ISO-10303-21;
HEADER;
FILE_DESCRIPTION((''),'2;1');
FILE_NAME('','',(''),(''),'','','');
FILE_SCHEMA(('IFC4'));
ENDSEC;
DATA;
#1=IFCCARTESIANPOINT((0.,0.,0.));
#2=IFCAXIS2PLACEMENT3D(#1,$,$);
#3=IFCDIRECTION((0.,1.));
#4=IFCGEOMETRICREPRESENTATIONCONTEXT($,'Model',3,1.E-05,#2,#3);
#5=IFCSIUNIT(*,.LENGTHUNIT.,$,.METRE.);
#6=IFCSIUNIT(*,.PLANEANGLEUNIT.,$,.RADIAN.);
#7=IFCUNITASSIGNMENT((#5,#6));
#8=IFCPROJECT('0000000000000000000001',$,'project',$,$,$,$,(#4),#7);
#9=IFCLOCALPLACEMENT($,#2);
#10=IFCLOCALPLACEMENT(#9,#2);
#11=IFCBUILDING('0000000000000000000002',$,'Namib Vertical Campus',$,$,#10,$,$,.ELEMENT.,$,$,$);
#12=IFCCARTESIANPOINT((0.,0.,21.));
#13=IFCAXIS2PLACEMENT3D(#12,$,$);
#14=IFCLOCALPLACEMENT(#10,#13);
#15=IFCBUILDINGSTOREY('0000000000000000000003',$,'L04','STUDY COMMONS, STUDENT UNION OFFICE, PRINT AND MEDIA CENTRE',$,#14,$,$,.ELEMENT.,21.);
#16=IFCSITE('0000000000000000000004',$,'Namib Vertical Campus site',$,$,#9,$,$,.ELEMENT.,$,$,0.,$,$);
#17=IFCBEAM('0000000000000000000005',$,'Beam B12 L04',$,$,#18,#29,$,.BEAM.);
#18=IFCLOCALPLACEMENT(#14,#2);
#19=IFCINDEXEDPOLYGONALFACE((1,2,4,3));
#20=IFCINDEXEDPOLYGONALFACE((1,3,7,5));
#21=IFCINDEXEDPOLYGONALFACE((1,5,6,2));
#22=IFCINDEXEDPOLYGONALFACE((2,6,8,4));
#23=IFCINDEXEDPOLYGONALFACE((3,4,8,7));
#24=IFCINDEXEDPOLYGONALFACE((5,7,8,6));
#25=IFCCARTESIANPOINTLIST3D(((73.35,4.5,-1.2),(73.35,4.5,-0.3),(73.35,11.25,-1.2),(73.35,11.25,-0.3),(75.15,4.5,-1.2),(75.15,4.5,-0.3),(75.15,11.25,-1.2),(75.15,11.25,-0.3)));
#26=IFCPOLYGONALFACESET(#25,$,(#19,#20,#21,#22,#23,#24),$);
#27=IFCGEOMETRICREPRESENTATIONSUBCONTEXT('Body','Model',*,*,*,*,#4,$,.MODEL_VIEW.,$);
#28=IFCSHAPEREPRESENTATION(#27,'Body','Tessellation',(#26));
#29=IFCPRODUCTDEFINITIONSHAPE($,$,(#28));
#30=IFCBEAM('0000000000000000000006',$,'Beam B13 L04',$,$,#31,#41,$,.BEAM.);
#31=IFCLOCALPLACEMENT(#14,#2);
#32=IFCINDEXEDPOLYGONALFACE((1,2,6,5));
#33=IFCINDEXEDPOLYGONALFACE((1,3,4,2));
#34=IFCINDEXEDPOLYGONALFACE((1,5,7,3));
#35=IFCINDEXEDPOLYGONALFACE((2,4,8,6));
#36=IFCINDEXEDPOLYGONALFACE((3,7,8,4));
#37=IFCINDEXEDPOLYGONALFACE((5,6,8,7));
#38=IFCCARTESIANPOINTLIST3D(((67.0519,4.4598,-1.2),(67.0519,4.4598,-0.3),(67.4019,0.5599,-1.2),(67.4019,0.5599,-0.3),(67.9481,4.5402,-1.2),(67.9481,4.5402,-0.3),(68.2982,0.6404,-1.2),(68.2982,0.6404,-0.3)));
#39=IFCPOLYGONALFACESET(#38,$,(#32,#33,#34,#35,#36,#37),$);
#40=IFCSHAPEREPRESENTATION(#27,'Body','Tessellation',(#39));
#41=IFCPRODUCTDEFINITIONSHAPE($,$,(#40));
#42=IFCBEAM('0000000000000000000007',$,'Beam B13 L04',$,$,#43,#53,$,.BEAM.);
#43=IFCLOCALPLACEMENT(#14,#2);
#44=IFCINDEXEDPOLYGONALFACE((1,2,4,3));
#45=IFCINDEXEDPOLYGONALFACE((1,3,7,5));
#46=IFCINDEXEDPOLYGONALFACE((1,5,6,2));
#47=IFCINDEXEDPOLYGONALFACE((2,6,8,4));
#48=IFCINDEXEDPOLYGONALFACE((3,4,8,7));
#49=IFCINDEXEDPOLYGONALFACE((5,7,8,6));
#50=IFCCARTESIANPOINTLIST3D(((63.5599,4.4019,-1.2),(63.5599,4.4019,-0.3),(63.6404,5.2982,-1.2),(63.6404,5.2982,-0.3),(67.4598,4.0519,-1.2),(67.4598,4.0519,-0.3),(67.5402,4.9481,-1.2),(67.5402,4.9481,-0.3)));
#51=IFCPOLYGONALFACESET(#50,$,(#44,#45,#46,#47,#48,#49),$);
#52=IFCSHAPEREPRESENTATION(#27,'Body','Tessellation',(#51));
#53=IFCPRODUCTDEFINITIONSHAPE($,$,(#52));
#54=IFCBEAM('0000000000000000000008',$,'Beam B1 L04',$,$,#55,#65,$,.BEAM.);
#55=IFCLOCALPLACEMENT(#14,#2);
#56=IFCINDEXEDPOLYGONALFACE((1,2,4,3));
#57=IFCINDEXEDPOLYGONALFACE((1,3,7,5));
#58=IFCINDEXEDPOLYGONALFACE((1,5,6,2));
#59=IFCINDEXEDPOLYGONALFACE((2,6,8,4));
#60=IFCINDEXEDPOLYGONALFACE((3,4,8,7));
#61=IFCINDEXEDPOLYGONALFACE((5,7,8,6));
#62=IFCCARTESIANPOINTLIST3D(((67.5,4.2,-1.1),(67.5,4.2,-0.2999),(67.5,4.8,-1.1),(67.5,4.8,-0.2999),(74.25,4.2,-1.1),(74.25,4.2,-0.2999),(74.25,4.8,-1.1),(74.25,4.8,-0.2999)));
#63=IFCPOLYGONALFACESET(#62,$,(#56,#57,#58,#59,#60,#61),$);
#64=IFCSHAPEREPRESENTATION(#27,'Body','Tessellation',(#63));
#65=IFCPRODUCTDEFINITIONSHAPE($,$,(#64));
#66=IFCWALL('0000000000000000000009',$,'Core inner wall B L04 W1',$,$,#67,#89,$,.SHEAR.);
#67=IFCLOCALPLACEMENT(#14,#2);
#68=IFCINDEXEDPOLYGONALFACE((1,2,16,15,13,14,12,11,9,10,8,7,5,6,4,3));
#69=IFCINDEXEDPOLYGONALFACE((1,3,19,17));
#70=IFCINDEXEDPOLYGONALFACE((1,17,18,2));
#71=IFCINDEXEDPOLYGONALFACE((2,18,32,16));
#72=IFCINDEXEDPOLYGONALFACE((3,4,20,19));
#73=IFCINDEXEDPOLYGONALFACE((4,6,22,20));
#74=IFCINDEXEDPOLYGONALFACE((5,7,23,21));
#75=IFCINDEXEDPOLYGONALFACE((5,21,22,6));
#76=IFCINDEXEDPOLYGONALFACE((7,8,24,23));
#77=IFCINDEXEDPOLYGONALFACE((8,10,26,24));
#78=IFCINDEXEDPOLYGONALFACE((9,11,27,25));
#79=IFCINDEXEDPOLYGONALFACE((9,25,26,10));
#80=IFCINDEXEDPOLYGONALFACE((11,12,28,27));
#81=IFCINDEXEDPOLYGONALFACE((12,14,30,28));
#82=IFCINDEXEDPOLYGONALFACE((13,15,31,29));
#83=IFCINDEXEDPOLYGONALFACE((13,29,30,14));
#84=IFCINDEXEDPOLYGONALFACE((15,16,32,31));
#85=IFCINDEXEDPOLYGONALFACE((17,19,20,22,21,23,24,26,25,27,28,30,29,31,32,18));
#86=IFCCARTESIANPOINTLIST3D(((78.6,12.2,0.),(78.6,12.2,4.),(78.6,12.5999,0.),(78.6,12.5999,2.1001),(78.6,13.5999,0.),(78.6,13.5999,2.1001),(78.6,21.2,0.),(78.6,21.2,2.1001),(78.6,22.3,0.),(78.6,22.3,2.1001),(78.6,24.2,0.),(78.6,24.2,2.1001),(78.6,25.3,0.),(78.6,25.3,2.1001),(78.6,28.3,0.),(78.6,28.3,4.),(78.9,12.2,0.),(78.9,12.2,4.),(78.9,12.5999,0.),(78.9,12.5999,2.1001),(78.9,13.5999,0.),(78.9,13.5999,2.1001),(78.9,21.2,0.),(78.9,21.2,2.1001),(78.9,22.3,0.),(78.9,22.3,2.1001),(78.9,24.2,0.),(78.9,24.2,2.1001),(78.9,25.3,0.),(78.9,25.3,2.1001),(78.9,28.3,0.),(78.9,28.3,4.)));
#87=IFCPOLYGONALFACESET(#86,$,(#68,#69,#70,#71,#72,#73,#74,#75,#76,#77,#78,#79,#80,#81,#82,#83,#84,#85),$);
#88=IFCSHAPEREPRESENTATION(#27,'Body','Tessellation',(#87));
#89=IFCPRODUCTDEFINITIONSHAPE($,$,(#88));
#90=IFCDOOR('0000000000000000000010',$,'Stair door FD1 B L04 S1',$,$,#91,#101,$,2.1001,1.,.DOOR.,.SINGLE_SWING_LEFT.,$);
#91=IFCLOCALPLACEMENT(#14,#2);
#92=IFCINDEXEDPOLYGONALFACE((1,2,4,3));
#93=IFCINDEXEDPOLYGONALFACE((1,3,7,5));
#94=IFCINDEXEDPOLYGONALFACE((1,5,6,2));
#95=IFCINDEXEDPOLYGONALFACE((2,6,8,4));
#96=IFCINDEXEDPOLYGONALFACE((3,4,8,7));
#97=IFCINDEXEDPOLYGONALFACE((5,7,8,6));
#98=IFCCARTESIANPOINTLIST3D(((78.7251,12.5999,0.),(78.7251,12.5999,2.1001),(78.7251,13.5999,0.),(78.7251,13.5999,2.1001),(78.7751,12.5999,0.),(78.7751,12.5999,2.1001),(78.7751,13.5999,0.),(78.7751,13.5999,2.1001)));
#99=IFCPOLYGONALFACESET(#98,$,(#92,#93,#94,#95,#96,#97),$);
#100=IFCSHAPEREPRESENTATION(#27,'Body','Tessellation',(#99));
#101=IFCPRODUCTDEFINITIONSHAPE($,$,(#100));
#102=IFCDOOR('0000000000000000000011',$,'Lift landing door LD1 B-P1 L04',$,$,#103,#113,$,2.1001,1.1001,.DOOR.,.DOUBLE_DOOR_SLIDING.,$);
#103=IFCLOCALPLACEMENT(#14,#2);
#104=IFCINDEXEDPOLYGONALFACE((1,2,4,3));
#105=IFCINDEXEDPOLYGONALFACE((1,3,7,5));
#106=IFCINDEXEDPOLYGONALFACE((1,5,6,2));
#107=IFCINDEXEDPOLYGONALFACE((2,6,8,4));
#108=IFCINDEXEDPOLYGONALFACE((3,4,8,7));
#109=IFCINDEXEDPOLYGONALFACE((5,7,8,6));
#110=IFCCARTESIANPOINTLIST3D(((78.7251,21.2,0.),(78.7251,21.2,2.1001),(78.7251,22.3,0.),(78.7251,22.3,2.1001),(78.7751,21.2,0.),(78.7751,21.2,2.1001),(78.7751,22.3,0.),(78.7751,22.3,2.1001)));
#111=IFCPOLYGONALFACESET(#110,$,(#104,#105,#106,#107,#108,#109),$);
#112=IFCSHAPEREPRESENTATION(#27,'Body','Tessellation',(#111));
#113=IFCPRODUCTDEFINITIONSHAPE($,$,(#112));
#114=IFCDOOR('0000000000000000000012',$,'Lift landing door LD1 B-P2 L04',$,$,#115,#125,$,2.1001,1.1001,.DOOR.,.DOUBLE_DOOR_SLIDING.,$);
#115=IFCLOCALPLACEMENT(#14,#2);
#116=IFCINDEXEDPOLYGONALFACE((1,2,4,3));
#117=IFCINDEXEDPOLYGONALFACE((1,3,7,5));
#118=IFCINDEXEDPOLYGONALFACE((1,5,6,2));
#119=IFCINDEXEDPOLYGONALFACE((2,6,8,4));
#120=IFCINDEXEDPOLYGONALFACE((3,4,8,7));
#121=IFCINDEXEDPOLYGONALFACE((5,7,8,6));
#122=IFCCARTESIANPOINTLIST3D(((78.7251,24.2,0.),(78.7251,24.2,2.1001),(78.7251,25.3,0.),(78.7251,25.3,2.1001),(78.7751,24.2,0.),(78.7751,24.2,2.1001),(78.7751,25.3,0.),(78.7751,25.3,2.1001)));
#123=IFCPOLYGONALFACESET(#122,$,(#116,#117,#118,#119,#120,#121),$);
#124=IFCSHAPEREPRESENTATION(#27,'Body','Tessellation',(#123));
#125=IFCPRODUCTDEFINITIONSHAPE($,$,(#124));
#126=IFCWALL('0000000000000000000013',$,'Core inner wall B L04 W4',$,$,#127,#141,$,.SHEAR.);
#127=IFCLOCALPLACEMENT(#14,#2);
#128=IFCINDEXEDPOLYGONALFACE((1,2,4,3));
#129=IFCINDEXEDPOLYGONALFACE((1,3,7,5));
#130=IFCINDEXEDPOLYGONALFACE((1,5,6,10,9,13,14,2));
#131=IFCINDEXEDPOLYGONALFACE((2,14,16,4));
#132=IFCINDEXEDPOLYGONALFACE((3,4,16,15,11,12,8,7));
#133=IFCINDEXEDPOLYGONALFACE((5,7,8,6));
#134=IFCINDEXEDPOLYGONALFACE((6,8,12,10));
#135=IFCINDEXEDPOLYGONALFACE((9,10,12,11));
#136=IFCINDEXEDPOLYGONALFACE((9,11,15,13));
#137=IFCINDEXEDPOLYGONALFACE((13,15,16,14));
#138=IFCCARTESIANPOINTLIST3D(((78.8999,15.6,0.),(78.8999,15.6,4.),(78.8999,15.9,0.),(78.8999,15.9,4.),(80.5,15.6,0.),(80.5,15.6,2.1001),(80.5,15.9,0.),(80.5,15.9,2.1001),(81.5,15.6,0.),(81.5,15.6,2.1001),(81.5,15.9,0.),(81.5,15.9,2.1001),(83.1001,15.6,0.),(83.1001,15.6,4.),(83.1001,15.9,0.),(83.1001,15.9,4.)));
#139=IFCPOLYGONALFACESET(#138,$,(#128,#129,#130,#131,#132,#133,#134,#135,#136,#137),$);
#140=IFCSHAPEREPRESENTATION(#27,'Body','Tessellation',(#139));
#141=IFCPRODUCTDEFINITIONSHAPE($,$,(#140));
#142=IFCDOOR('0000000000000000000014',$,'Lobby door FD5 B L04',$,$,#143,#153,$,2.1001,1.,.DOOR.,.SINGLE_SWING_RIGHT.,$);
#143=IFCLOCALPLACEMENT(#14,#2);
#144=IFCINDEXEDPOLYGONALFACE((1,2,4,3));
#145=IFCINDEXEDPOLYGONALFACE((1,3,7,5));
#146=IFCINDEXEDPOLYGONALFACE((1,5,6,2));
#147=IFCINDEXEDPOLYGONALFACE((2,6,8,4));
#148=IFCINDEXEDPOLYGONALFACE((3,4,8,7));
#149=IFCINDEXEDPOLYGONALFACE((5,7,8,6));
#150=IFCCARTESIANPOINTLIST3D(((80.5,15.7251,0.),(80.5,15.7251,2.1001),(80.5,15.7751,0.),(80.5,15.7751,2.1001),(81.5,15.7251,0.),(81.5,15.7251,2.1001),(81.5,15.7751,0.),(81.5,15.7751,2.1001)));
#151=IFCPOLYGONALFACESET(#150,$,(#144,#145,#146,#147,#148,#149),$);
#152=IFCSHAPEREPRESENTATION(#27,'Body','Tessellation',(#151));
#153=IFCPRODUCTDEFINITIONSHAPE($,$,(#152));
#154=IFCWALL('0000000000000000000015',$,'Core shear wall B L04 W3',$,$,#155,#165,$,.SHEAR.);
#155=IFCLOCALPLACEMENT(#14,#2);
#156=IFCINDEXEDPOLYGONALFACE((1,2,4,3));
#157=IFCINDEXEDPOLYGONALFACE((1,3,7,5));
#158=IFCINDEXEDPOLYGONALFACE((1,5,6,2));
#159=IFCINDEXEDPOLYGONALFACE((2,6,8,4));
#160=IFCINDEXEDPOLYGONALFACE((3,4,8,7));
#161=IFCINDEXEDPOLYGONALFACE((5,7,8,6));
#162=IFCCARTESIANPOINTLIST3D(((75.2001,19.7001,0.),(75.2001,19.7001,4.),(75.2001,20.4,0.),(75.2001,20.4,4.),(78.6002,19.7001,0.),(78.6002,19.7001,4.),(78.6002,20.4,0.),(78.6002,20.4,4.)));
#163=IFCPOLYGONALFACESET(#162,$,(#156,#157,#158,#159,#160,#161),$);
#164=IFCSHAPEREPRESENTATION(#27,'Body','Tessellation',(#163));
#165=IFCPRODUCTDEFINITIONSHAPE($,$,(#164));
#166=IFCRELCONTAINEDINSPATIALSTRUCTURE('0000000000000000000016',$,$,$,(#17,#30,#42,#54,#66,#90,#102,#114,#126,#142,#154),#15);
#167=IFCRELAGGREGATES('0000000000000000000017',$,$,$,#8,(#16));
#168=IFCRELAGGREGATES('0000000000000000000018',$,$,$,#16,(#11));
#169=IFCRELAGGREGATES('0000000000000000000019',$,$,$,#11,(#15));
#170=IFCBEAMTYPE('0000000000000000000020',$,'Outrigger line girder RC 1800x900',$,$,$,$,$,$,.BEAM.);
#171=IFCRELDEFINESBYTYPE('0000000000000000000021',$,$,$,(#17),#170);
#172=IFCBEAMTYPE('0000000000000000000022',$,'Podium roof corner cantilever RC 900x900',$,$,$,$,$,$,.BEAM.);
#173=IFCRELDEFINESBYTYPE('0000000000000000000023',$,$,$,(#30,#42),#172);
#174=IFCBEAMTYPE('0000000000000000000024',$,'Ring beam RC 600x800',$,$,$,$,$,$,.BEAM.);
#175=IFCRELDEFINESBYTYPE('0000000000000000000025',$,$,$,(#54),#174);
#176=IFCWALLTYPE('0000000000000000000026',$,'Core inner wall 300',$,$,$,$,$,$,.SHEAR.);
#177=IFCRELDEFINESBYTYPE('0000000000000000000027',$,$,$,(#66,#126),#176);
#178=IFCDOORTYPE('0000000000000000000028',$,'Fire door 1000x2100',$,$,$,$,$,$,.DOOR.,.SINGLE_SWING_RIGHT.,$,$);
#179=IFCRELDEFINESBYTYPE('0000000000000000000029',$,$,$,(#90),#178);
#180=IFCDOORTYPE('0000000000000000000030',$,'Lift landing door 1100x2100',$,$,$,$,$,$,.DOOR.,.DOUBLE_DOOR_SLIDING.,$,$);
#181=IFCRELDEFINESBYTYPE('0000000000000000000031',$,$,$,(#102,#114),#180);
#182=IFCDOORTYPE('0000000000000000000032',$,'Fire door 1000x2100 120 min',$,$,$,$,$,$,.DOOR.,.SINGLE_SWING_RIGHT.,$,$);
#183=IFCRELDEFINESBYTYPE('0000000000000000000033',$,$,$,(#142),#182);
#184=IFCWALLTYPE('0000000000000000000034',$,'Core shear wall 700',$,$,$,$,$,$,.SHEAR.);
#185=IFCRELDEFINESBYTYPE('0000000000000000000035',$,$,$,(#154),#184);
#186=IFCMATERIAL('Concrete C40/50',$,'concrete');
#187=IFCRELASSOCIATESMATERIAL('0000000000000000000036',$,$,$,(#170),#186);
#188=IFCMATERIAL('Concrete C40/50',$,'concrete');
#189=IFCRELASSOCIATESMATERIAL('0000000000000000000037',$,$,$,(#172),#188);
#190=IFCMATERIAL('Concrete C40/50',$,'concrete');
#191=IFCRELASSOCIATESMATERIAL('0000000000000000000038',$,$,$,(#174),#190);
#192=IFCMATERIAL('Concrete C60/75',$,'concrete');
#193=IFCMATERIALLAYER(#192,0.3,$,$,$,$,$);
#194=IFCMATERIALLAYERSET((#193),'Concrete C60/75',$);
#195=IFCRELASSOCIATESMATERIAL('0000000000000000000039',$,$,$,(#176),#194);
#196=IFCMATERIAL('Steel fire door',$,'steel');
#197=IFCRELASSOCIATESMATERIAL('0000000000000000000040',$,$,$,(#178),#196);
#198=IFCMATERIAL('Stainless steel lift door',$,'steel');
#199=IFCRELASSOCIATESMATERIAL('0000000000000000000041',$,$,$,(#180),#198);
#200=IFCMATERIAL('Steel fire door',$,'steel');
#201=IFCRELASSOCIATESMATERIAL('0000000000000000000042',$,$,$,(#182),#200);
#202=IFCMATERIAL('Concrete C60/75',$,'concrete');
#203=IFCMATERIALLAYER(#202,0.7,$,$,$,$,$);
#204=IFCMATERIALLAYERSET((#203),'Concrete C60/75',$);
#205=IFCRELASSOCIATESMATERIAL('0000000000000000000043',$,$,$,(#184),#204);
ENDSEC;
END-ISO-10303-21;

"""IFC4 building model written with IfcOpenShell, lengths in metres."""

from ifc_helpers import new_model, si_unit, direction, frame, frame_2d, origin, origin_2d, place, context, subcontext, project, spatial, rectangle, extrude, material, layer, layer_set, material_profile, profile_set, type_object, element, fill, save


model = new_model("IFC4")

# Units and contexts
model_context = context("Model", 3, precision=1e-05, world=origin(), true_north=direction((0.0, 1.0)))
body_context = subcontext(model_context, "Body", "Model", "MODEL_VIEW")
ifc_project = project(units=[si_unit("LENGTHUNIT", "METRE"), si_unit("PLANEANGLEUNIT", "RADIAN")], contexts=[model_context])

# Site, building, storey
site_placement = place(None, origin())
site = spatial("IfcSite", under=ifc_project, at=site_placement, Name="Namib Vertical Campus site", CompositionType="ELEMENT", RefElevation=0.0)
building_placement = place(site_placement, origin())
building = spatial("IfcBuilding", under=site, at=building_placement, Name="Namib Vertical Campus", CompositionType="ELEMENT")
storey_placement = place(building_placement, frame((0.0, 0.0, 21.0)))
storey = spatial("IfcBuildingStorey", under=building, at=storey_placement, Name="L04", Description="STUDY COMMONS, STUDENT UNION OFFICE, PRINT AND MEDIA CENTRE", CompositionType="ELEMENT", Elevation=21.0)

# Beams
ifc_material_1 = material(Name="Concrete C40/50", Category="concrete")
ifc_material_profile_1 = material_profile(ifc_material_1, rectangle(XDim=1.8, YDim=0.8999, at=origin_2d()))
ifc_profile_set_1 = profile_set([ifc_material_profile_1], Name="Concrete C40/50")
beam_type_1 = type_object("IfcBeamType", Name="Outrigger line girder RC 1800x900", PredefinedType="BEAM", material=ifc_profile_set_1)
beam_1_placement = place(storey_placement, frame((74.25, 4.5, -0.75), z_axis=(0.0, 1.0, 0.0), x_axis=(-1.0, 0.0, 0.0)))
element("IfcBeam", 1, at=beam_1_placement, inside=storey, type_object=beam_type_1, Name="Beam B12 L04", PredefinedType="BEAM", context=body_context, shape_type="SweptSolid", body=[
    extrude(rectangle(XDim=1.8, YDim=0.8999, at=origin_2d()), origin(), (0.0, 0.0, 1.0), 6.75),
])
ifc_material_2 = material(Name="Concrete C40/50", Category="concrete")
ifc_material_profile_2 = material_profile(ifc_material_2, rectangle(XDim=0.8999, YDim=0.8999, at=origin_2d()))
ifc_profile_set_2 = profile_set([ifc_material_profile_2], Name="Concrete C40/50")
beam_type_2 = type_object("IfcBeamType", Name="Podium roof corner cantilever RC 900x900", PredefinedType="BEAM", material=ifc_profile_set_2)
for number, where, z_axis, x_axis, name in (
    (2, (67.5, 4.5, -0.75), (0.089411, -0.995995, 0.0), (0.995995, 0.089411, 0.0), "Beam B13 L04"),
    (3, (67.5, 4.5, -0.75), (-0.995995, 0.089411, 0.0), (-0.089411, -0.995995, 0.0), "Beam B13 L04"),
):
    element("IfcBeam", number, at=place(storey_placement, frame(where, z_axis=z_axis, x_axis=x_axis)), inside=storey, type_object=beam_type_2, Name=name, PredefinedType="BEAM", context=body_context, shape_type="SweptSolid", body=[
        extrude(rectangle(XDim=0.8999, YDim=0.8999, at=origin_2d()), origin(), (0.0, 0.0, 1.0), 3.9155),
    ])
ifc_material_3 = material(Name="Concrete C40/50", Category="concrete")
ifc_material_profile_3 = material_profile(ifc_material_3, rectangle(XDim=0.6001, YDim=0.8, at=origin_2d()))
ifc_profile_set_3 = profile_set([ifc_material_profile_3], Name="Concrete C40/50")
beam_type_3 = type_object("IfcBeamType", Name="Ring beam RC 600x800", PredefinedType="BEAM", material=ifc_profile_set_3)
beam_2_placement = place(storey_placement, frame((67.5, 4.5, -0.7), z_axis=(1.0, 0.0, 0.0), x_axis=(0.0, 1.0, 0.0)))
element("IfcBeam", 4, at=beam_2_placement, inside=storey, type_object=beam_type_3, Name="Beam B1 L04", PredefinedType="BEAM", context=body_context, shape_type="SweptSolid", body=[
    extrude(rectangle(XDim=0.6001, YDim=0.8, at=origin_2d()), origin(), (0.0, 0.0, 1.0), 6.75),
])

# Wall, openings, doors
ifc_material_4 = material(Name="Concrete C60/75", Category="concrete")
ifc_layer_1 = layer(ifc_material_4, 0.3)
ifc_layer_set_1 = layer_set([ifc_layer_1], Name="Concrete C60/75")
wall_type_1 = type_object("IfcWallType", Name="Core inner wall 300", PredefinedType="SHEAR", material=ifc_layer_set_1)
wall_1_placement = place(storey_placement, frame((78.75, 12.2, 0.0), z_axis=(0.0, 0.0, 1.0), x_axis=(0.0, 1.0, 0.0)))
wall_1 = element("IfcWall", 5, at=wall_1_placement, inside=storey, type_object=wall_type_1, Name="Core inner wall B L04 W1", PredefinedType="SHEAR", context=body_context, shape_type="SweptSolid", body=[
    extrude(rectangle(XDim=16.1001, YDim=0.3, at=frame_2d((8.05, 0.0))), origin(), (0.0, 0.0, 1.0), 4.0),
])
opening_1_placement = place(wall_1_placement, frame((0.3999, 0.0, 0.0)))
opening_1 = element("IfcOpeningElement", 6, at=opening_1_placement, cuts=wall_1, PredefinedType="OPENING", context=body_context, shape_type="SweptSolid", body=[
    extrude(rectangle(XDim=1.0, YDim=2.1001, at=frame_2d((0.5, 1.05))), frame((0.0, 0.1599, 0.0), z_axis=(0.0, -1.0, 0.0), x_axis=(1.0, 0.0, 0.0)), (0.0, 0.0, 1.0), 0.3201),
])
opening_2_placement = place(wall_1_placement, frame((9.0, 0.0, 0.0)))
opening_2 = element("IfcOpeningElement", 7, at=opening_2_placement, cuts=wall_1, PredefinedType="OPENING", context=body_context, shape_type="SweptSolid", body=[
    extrude(rectangle(XDim=1.1001, YDim=2.1001, at=frame_2d((0.55, 1.05))), frame((0.0, 0.1599, 0.0), z_axis=(0.0, -1.0, 0.0), x_axis=(1.0, 0.0, 0.0)), (0.0, 0.0, 1.0), 0.3201),
])
opening_3_placement = place(wall_1_placement, frame((12.0, 0.0, 0.0)))
opening_3 = element("IfcOpeningElement", 8, at=opening_3_placement, cuts=wall_1, PredefinedType="OPENING", context=body_context, shape_type="SweptSolid", body=[
    extrude(rectangle(XDim=1.1001, YDim=2.1001, at=frame_2d((0.55, 1.05))), frame((0.0, 0.1599, 0.0), z_axis=(0.0, -1.0, 0.0), x_axis=(1.0, 0.0, 0.0)), (0.0, 0.0, 1.0), 0.3201),
])
ifc_material_5 = material(Name="Steel fire door", Category="steel")
door_type_1 = type_object("IfcDoorType", Name="Fire door 1000x2100", OperationType="SINGLE_SWING_RIGHT", PredefinedType="DOOR", material=ifc_material_5)
door_1_placement = place(opening_1_placement, origin())
door_1 = element("IfcDoor", 9, at=door_1_placement, inside=storey, type_object=door_type_1, Name="Stair door FD1 B L04 S1", OperationType="SINGLE_SWING_LEFT", OverallHeight=2.1001, OverallWidth=1.0, PredefinedType="DOOR", context=body_context, shape_type="SweptSolid", body=[
    extrude(rectangle(XDim=1.0, YDim=2.1001, at=frame_2d((0.5, 1.05))), frame((0.0, 0.0249, 0.0), z_axis=(0.0, -1.0, 0.0), x_axis=(1.0, 0.0, 0.0)), (0.0, 0.0, 1.0), 0.05),
])
fill(opening_1, door_1)
ifc_material_6 = material(Name="Stainless steel lift door", Category="steel")
door_type_2 = type_object("IfcDoorType", Name="Lift landing door 1100x2100", OperationType="DOUBLE_DOOR_SLIDING", PredefinedType="DOOR", material=ifc_material_6)
door_2_placement = place(opening_2_placement, origin())
door_2 = element("IfcDoor", 10, at=door_2_placement, inside=storey, type_object=door_type_2, Name="Lift landing door LD1 B-P1 L04", OperationType="DOUBLE_DOOR_SLIDING", OverallHeight=2.1001, OverallWidth=1.1001, PredefinedType="DOOR", context=body_context, shape_type="SweptSolid", body=[
    extrude(rectangle(XDim=1.1001, YDim=2.1001, at=frame_2d((0.55, 1.05))), frame((0.0, 0.0249, 0.0), z_axis=(0.0, -1.0, 0.0), x_axis=(1.0, 0.0, 0.0)), (0.0, 0.0, 1.0), 0.05),
])
fill(opening_2, door_2)
door_3_placement = place(opening_3_placement, origin())
door_3 = element("IfcDoor", 11, at=door_3_placement, inside=storey, type_object=door_type_2, Name="Lift landing door LD1 B-P2 L04", OperationType="DOUBLE_DOOR_SLIDING", OverallHeight=2.1001, OverallWidth=1.1001, PredefinedType="DOOR", context=body_context, shape_type="SweptSolid", body=[
    extrude(rectangle(XDim=1.1001, YDim=2.1001, at=frame_2d((0.55, 1.05))), frame((0.0, 0.0249, 0.0), z_axis=(0.0, -1.0, 0.0), x_axis=(1.0, 0.0, 0.0)), (0.0, 0.0, 1.0), 0.05),
])
fill(opening_3, door_3)

# Wall, opening, door
wall_2_placement = place(storey_placement, frame((78.8999, 15.75, 0.0), z_axis=(0.0, 0.0, 1.0), x_axis=(1.0, 0.0, 0.0)))
wall_2 = element("IfcWall", 12, at=wall_2_placement, inside=storey, type_object=wall_type_1, Name="Core inner wall B L04 W4", PredefinedType="SHEAR", context=body_context, shape_type="SweptSolid", body=[
    extrude(rectangle(XDim=4.2002, YDim=0.3, at=frame_2d((2.1001, 0.0))), origin(), (0.0, 0.0, 1.0), 4.0),
])
opening_4_placement = place(wall_2_placement, frame((1.6001, 0.0, 0.0)))
opening_4 = element("IfcOpeningElement", 13, at=opening_4_placement, cuts=wall_2, PredefinedType="OPENING", context=body_context, shape_type="SweptSolid", body=[
    extrude(rectangle(XDim=1.0, YDim=2.1001, at=frame_2d((0.5, 1.05))), frame((0.0, 0.1599, 0.0), z_axis=(0.0, -1.0, 0.0), x_axis=(1.0, 0.0, 0.0)), (0.0, 0.0, 1.0), 0.3201),
])
ifc_material_7 = material(Name="Steel fire door", Category="steel")
door_type_3 = type_object("IfcDoorType", Name="Fire door 1000x2100 120 min", OperationType="SINGLE_SWING_RIGHT", PredefinedType="DOOR", material=ifc_material_7)
door_4_placement = place(opening_4_placement, frame((1.0, 0.0, 0.0), z_axis=(0.0, 0.0, 1.0), x_axis=(-1.0, 0.0, 0.0)))
door_4 = element("IfcDoor", 14, at=door_4_placement, inside=storey, type_object=door_type_3, Name="Lobby door FD5 B L04", OperationType="SINGLE_SWING_RIGHT", OverallHeight=2.1001, OverallWidth=1.0, PredefinedType="DOOR", context=body_context, shape_type="SweptSolid", body=[
    extrude(rectangle(XDim=1.0, YDim=2.1001, at=frame_2d((0.5, 1.05))), frame((0.0, 0.0249, 0.0), z_axis=(0.0, -1.0, 0.0), x_axis=(1.0, 0.0, 0.0)), (0.0, 0.0, 1.0), 0.05),
])
fill(opening_4, door_4)

# Wall
ifc_material_8 = material(Name="Concrete C60/75", Category="concrete")
ifc_layer_2 = layer(ifc_material_8, 0.7)
ifc_layer_set_2 = layer_set([ifc_layer_2], Name="Concrete C60/75")
wall_type_2 = type_object("IfcWallType", Name="Core shear wall 700", PredefinedType="SHEAR", material=ifc_layer_set_2)
wall_3_placement = place(storey_placement, frame((75.2, 20.05, 0.0), z_axis=(0.0, 0.0, 1.0), x_axis=(1.0, 0.0, 0.0)))
element("IfcWall", 15, at=wall_3_placement, inside=storey, type_object=wall_type_2, Name="Core shear wall B L04 W3", PredefinedType="SHEAR", context=body_context, shape_type="SweptSolid", body=[
    extrude(rectangle(XDim=3.4001, YDim=0.7, at=frame_2d((1.7002, 0.0))), origin(), (0.0, 0.0, 1.0), 4.0),
])

save(model, "model.ifc")
